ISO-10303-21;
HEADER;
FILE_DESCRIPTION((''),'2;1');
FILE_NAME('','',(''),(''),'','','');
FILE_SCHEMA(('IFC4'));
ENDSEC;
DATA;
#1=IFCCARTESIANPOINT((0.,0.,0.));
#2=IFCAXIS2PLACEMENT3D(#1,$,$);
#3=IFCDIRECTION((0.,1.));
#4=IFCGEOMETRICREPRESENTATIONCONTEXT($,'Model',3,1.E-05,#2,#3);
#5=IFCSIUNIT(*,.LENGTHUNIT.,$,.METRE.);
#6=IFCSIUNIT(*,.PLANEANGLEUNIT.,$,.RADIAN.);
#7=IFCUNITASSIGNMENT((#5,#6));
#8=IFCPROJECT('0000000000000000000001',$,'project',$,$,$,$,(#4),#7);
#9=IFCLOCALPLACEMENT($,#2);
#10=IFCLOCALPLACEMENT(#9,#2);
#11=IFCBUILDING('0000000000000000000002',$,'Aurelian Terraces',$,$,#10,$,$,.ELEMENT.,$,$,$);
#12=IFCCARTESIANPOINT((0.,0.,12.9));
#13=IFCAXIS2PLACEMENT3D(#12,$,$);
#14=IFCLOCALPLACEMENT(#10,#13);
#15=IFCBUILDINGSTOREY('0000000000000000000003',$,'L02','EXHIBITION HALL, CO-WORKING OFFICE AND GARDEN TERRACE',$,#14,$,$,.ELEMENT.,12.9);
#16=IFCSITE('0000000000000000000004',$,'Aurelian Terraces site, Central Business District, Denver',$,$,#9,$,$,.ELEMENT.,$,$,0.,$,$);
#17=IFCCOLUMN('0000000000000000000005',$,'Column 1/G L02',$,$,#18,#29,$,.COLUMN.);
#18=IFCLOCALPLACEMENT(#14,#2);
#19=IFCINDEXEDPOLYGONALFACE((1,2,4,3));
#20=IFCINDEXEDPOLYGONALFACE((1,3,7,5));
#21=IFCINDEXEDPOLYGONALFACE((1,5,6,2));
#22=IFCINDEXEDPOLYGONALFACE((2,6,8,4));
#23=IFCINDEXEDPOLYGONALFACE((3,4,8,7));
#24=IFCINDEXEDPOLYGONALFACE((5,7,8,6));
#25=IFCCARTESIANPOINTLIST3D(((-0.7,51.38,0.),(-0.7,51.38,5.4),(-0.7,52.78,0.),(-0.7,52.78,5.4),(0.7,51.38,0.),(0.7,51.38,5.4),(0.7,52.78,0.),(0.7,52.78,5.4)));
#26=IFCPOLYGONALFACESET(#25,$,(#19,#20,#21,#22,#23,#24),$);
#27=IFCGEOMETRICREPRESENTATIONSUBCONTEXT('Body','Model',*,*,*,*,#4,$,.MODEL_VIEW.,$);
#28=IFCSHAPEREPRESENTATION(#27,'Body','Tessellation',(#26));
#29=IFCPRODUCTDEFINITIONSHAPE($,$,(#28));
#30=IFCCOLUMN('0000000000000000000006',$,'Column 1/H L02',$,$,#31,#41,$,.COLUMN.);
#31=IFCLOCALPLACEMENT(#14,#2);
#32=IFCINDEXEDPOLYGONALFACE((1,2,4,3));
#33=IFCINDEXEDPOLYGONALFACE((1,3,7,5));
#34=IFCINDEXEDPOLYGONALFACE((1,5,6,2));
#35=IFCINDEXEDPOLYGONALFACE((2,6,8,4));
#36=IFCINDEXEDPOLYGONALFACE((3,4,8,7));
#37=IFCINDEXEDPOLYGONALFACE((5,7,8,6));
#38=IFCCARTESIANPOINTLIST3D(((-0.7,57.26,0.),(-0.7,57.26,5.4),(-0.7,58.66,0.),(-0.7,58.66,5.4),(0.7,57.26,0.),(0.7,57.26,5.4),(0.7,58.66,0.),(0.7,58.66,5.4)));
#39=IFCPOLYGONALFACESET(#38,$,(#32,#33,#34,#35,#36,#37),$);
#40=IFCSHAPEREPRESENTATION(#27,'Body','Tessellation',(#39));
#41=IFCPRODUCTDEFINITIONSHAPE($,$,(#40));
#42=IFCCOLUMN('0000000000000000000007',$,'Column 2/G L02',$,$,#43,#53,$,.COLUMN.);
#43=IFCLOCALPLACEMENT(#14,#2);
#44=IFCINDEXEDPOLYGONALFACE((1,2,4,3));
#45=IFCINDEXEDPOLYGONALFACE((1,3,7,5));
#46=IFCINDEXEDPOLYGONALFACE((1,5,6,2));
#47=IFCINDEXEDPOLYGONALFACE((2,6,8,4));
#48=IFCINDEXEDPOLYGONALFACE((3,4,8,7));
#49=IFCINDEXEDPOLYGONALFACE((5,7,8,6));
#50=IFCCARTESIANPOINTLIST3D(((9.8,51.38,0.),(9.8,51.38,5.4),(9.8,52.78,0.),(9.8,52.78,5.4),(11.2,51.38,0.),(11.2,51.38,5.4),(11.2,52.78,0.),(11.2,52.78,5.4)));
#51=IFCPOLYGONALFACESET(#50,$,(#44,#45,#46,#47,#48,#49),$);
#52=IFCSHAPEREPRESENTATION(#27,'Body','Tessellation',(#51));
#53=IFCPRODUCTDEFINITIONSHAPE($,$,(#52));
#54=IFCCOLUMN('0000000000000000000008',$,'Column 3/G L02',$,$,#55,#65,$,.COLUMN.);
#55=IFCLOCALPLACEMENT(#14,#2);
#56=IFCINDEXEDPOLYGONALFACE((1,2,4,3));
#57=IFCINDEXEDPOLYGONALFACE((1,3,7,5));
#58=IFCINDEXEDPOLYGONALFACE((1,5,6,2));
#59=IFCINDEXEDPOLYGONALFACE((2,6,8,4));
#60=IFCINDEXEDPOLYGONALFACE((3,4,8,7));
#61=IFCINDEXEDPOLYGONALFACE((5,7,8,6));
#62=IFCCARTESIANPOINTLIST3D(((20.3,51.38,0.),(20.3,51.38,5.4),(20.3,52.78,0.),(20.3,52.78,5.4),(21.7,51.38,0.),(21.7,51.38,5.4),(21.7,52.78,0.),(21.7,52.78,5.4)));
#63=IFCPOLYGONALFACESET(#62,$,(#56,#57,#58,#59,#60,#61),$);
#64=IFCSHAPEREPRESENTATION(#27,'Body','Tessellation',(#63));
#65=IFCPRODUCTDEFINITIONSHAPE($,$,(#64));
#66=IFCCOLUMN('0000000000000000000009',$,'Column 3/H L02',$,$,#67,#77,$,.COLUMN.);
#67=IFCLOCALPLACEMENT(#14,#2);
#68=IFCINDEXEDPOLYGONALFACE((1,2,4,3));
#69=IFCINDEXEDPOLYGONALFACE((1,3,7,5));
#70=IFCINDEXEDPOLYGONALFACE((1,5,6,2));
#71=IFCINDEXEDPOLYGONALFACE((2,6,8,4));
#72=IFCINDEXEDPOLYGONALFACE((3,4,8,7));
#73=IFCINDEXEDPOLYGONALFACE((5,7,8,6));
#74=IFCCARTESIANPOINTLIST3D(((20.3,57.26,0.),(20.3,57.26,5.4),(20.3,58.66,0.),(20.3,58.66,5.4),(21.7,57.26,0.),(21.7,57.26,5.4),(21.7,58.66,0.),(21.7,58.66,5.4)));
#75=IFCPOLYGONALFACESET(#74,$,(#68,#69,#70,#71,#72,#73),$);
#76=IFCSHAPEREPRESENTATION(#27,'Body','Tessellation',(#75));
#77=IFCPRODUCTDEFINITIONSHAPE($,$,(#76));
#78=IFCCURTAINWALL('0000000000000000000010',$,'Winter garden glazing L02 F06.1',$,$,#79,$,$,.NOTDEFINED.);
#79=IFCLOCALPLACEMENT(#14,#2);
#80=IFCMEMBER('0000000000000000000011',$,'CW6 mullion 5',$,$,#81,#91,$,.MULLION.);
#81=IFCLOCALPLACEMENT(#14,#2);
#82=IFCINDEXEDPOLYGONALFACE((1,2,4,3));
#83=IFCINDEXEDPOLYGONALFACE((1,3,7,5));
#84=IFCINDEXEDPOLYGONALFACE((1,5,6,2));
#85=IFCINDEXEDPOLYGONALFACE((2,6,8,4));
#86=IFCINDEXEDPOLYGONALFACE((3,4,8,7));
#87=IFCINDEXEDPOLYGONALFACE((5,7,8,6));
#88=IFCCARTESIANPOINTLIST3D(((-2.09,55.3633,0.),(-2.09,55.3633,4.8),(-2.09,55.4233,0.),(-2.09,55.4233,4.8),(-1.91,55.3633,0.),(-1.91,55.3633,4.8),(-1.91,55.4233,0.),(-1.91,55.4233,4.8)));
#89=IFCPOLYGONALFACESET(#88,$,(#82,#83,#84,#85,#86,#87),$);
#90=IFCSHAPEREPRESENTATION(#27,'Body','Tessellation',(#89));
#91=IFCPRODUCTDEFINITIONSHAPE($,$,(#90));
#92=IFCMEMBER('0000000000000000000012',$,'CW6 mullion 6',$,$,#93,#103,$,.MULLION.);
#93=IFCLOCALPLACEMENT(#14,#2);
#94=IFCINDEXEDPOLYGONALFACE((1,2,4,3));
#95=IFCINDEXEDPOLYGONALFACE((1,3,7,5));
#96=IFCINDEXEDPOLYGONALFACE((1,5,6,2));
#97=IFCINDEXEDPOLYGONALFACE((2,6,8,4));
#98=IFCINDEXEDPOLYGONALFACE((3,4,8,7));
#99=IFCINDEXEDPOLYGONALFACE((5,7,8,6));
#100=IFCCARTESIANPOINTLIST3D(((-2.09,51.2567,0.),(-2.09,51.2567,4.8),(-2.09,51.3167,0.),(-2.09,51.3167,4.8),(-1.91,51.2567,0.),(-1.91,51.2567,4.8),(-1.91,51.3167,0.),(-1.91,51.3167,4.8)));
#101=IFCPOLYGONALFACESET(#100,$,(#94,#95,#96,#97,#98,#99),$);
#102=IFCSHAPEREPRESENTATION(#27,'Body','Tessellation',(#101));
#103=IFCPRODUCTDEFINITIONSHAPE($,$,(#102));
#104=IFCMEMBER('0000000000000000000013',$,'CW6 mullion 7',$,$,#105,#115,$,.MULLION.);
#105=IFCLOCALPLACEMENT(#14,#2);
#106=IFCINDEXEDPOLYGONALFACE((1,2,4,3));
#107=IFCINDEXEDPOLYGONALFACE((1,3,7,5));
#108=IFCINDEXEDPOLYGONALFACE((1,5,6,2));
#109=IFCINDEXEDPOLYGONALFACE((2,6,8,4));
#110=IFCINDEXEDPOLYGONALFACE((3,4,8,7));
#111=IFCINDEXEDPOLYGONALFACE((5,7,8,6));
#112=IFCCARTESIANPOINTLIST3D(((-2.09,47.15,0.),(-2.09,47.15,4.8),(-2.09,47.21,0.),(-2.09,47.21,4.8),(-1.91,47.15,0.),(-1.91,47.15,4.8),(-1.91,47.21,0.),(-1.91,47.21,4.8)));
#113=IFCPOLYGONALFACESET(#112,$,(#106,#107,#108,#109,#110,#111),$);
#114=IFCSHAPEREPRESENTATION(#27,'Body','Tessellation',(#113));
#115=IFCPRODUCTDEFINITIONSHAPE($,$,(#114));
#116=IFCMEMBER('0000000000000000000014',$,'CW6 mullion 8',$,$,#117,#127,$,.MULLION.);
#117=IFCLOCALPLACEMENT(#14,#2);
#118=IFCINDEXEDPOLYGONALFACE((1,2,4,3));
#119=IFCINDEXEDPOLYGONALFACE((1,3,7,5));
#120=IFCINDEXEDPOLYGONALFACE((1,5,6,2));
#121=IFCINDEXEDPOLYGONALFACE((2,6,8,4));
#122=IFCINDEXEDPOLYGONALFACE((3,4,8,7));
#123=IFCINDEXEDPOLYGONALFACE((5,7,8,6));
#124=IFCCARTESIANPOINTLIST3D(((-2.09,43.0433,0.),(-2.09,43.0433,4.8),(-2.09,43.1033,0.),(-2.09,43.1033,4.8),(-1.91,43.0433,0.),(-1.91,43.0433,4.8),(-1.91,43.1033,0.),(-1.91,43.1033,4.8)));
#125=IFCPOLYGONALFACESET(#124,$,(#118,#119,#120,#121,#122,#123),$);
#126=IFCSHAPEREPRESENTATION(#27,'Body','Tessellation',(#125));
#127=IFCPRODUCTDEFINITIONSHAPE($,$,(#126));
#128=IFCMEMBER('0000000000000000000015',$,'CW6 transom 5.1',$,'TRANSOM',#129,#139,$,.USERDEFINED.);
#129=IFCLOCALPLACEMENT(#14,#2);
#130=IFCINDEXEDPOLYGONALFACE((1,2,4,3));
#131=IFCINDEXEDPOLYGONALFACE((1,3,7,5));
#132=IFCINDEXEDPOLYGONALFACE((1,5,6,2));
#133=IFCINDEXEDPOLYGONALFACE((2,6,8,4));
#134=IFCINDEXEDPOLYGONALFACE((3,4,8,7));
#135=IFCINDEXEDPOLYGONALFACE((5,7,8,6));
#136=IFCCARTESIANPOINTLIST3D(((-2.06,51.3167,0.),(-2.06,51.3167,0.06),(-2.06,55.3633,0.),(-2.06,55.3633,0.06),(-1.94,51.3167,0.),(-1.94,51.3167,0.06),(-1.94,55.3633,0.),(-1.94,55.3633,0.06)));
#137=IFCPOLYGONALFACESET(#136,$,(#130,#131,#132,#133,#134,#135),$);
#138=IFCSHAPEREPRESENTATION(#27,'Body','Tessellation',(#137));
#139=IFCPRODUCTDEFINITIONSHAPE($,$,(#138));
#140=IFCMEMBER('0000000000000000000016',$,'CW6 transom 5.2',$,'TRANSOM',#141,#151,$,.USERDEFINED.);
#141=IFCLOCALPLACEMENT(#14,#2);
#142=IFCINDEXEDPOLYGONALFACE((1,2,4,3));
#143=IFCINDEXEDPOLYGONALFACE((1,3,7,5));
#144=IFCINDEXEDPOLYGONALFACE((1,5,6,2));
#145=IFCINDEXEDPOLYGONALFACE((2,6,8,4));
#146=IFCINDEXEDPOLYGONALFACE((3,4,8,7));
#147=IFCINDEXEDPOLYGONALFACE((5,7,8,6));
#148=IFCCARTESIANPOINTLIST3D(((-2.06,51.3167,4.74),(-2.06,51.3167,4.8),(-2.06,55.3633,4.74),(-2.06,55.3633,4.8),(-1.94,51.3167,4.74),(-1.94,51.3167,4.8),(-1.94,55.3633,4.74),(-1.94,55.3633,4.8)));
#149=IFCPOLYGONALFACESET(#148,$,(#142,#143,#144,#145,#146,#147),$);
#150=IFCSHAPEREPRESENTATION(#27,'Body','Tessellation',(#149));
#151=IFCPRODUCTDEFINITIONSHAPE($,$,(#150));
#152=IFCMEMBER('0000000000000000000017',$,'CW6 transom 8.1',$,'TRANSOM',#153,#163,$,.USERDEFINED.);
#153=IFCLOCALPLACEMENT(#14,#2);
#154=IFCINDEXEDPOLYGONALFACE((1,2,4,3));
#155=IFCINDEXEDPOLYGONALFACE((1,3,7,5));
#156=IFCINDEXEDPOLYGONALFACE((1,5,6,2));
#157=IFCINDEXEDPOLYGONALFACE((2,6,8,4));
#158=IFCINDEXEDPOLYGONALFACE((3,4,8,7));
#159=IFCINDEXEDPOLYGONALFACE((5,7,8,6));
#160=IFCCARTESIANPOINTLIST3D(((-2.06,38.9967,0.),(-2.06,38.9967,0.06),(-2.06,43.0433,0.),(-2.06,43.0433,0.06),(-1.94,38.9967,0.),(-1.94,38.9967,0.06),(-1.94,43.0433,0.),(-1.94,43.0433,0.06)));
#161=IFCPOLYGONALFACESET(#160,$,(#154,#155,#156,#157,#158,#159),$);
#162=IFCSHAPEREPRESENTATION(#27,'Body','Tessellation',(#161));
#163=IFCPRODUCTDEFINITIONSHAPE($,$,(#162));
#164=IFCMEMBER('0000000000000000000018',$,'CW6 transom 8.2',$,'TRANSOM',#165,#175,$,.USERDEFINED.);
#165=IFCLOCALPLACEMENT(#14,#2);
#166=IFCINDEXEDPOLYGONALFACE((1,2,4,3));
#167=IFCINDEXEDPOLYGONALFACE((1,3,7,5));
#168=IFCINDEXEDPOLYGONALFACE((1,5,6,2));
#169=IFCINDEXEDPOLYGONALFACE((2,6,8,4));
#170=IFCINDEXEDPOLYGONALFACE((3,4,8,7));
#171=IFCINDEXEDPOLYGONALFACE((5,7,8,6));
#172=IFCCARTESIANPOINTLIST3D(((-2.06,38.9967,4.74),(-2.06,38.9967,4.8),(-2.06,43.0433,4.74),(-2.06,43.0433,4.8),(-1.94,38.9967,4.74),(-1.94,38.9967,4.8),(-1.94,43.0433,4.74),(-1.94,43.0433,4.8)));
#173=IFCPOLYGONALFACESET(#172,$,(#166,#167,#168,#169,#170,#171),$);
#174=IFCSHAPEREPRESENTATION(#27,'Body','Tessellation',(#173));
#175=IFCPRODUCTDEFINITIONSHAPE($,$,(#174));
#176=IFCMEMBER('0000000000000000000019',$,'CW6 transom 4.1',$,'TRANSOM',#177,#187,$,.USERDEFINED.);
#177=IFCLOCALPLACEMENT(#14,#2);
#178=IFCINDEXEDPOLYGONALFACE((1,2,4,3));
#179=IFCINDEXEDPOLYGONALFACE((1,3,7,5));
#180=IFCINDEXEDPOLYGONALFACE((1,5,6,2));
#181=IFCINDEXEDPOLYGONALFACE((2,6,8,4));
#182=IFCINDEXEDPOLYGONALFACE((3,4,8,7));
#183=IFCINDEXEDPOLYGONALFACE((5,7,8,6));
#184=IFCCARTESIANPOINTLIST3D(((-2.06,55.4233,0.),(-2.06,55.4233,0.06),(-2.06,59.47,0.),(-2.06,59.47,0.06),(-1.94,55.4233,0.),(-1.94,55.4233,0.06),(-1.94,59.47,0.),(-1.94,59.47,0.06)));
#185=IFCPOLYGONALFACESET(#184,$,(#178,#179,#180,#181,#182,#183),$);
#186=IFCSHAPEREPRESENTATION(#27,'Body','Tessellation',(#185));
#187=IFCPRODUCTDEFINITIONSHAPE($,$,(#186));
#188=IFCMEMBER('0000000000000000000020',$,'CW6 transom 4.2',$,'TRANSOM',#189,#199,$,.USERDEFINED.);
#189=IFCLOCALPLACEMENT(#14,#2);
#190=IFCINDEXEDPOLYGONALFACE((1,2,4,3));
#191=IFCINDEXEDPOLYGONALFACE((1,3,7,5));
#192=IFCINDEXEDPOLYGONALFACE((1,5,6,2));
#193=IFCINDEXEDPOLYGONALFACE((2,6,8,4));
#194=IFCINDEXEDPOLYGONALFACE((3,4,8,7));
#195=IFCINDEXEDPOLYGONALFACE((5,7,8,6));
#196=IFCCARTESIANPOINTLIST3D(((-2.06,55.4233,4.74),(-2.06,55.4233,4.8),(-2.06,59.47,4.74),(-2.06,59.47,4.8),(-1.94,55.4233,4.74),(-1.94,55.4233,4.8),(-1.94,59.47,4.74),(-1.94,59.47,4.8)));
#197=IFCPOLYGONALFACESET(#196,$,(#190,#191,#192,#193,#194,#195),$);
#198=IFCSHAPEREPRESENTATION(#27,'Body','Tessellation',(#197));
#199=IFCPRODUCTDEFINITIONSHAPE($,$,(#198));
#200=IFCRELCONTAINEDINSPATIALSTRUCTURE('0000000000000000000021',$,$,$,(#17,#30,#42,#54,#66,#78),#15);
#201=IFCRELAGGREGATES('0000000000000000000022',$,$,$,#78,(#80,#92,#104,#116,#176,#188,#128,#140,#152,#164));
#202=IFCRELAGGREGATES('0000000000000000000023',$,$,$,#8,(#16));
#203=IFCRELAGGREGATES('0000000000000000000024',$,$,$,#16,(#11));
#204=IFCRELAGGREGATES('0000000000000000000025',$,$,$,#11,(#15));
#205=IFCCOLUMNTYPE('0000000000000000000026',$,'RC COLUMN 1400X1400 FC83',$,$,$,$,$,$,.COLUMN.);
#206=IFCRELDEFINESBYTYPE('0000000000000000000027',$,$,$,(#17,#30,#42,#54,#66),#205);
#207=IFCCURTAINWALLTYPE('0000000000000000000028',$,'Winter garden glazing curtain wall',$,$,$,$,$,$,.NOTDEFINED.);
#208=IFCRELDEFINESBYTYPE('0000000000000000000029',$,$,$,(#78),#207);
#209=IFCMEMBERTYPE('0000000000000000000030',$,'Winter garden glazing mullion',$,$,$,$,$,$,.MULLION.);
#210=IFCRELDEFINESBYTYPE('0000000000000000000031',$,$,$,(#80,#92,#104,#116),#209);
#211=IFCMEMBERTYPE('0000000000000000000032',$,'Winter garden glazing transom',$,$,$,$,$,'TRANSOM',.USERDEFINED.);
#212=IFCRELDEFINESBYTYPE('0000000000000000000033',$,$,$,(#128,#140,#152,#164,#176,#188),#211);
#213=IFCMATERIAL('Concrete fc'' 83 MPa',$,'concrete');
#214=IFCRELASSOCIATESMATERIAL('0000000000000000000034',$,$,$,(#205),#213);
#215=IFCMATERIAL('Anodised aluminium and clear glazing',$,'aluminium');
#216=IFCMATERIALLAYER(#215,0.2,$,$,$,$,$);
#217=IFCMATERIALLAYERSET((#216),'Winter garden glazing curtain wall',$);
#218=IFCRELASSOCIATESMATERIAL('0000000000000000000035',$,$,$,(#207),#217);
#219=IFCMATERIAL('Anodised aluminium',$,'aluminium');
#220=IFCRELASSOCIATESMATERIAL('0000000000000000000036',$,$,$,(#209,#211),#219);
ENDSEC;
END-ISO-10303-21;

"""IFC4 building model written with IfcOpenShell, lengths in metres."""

from ifc_helpers import new_model, si_unit, direction, frame, origin, origin_2d, place, context, subcontext, project, spatial, rectangle, extrude, source, transform, mapped, material, layer, layer_set, material_profile, profile_set, type_object, element, aggregate, save


model = new_model("IFC4")

# Units and contexts
model_context = context("Model", 3, precision=1e-05, world=origin(), true_north=direction((0.0, 1.0)))
body_context = subcontext(model_context, "Body", "Model", "MODEL_VIEW")
ifc_project = project(units=[si_unit("LENGTHUNIT", "METRE"), si_unit("PLANEANGLEUNIT", "RADIAN")], contexts=[model_context])

# Site, building, storey
site_placement = place(None, origin())
site = spatial("IfcSite", under=ifc_project, at=site_placement, Name="Aurelian Terraces site, Central Business District, Denver", CompositionType="ELEMENT", RefElevation=0.0)
building_placement = place(site_placement, origin())
building = spatial("IfcBuilding", under=site, at=building_placement, Name="Aurelian Terraces", CompositionType="ELEMENT")
storey_placement = place(building_placement, frame((0.0, 0.0, 12.9)))
storey = spatial("IfcBuildingStorey", under=building, at=storey_placement, Name="L02", Description="EXHIBITION HALL, CO-WORKING OFFICE AND GARDEN TERRACE", CompositionType="ELEMENT", Elevation=12.9)

# Columns
ifc_material_1 = material(Name="Concrete fc' 83 MPa", Category="concrete")
ifc_material_profile_1 = material_profile(ifc_material_1, rectangle(XDim=1.4, YDim=1.4, at=origin_2d()))
ifc_profile_set_1 = profile_set([ifc_material_profile_1], Name="Concrete fc' 83 MPa")
column_type = type_object("IfcColumnType", Name="RC COLUMN 1400X1400 FC83", PredefinedType="COLUMN", material=ifc_profile_set_1)
shared_shape_1 = source(origin(), body_context, "Body", "SweptSolid", [
    extrude(rectangle(XDim=1.4, YDim=1.4, at=origin_2d()), origin(), (0.0, 0.0, 1.0), 5.4),
])
for number, where, z_axis, x_axis, name in (
    (1, (0.0, 52.08, 0.0), (0.0, 0.0, 1.0), (1.0, 0.0, 0.0), "Column 1/G L02"),
    (2, (0.0, 57.96, 0.0), (0.0, 0.0, 1.0), (1.0, 0.0, 0.0), "Column 1/H L02"),
    (3, (10.5, 52.08, 0.0), (0.0, 0.0, 1.0), (1.0, 0.0, 0.0), "Column 2/G L02"),
    (4, (21.0, 52.08, 0.0), (0.0, 0.0, 1.0), (1.0, 0.0, 0.0), "Column 3/G L02"),
    (5, (21.0, 57.96, 0.0), (0.0, 0.0, 1.0), (1.0, 0.0, 0.0), "Column 3/H L02"),
):
    element("IfcColumn", number, at=place(storey_placement, frame(where, z_axis=z_axis, x_axis=x_axis)), inside=storey, type_object=column_type, Name=name, PredefinedType="COLUMN", context=body_context, shape_type="MappedRepresentation", body=[
        mapped(shared_shape_1, transform((0.0, 0.0, 0.0), scale=1.0)),
    ])

# Curtain wall, members
ifc_material_2 = material(Name="Anodised aluminium and clear glazing", Category="aluminium")
ifc_layer_1 = layer(ifc_material_2, 0.2)
ifc_layer_set_1 = layer_set([ifc_layer_1], Name="Winter garden glazing curtain wall")
curtain_wall_type = type_object("IfcCurtainWallType", Name="Winter garden glazing curtain wall", PredefinedType="NOTDEFINED", material=ifc_layer_set_1)
curtain_wall_placement = place(storey_placement, origin())
curtain_wall = element("IfcCurtainWall", 6, at=curtain_wall_placement, inside=storey, type_object=curtain_wall_type, Name="Winter garden glazing L02 F06.1", PredefinedType="NOTDEFINED")
ifc_material_3 = material(Name="Anodised aluminium", Category="aluminium")
ifc_material_profile_2 = material_profile(ifc_material_3, rectangle(XDim=0.18, YDim=0.06, at=origin_2d()))
ifc_profile_set_2 = profile_set([ifc_material_profile_2], Name="Anodised aluminium")
member_type_1 = type_object("IfcMemberType", Name="Winter garden glazing mullion", PredefinedType="MULLION", material=ifc_profile_set_2)
shared_shape_2 = source(origin(), body_context, "Body", "SweptSolid", [
    extrude(rectangle(XDim=0.18, YDim=0.06, at=origin_2d()), origin(), (0.0, 0.0, 1.0), 4.8),
])
member_1_placement = place(storey_placement, frame((-2.0, 55.3933, 0.0), z_axis=(0.0, 0.0, 1.0), x_axis=(1.0, 0.0, 0.0)))
member_1 = element("IfcMember", 7, at=member_1_placement, type_object=member_type_1, Name="CW6 mullion 5", PredefinedType="MULLION", context=body_context, shape_type="MappedRepresentation", body=[
    mapped(shared_shape_2, transform((0.0, 0.0, 0.0), scale=1.0)),
])
member_2_placement = place(storey_placement, frame((-2.0, 51.2867, 0.0), z_axis=(0.0, 0.0, 1.0), x_axis=(1.0, 0.0, 0.0)))
member_2 = element("IfcMember", 8, at=member_2_placement, type_object=member_type_1, Name="CW6 mullion 6", PredefinedType="MULLION", context=body_context, shape_type="MappedRepresentation", body=[
    mapped(shared_shape_2, transform((0.0, 0.0, 0.0), scale=1.0)),
])
member_3_placement = place(storey_placement, frame((-2.0, 47.18, 0.0), z_axis=(0.0, 0.0, 1.0), x_axis=(1.0, 0.0, 0.0)))
member_3 = element("IfcMember", 9, at=member_3_placement, type_object=member_type_1, Name="CW6 mullion 7", PredefinedType="MULLION", context=body_context, shape_type="MappedRepresentation", body=[
    mapped(shared_shape_2, transform((0.0, 0.0, 0.0), scale=1.0)),
])
member_4_placement = place(storey_placement, frame((-2.0, 43.0733, 0.0), z_axis=(0.0, 0.0, 1.0), x_axis=(1.0, 0.0, 0.0)))
member_4 = element("IfcMember", 10, at=member_4_placement, type_object=member_type_1, Name="CW6 mullion 8", PredefinedType="MULLION", context=body_context, shape_type="MappedRepresentation", body=[
    mapped(shared_shape_2, transform((0.0, 0.0, 0.0), scale=1.0)),
])
ifc_material_profile_3 = material_profile(ifc_material_3, rectangle(XDim=0.12, YDim=0.06, at=origin_2d()))
ifc_profile_set_3 = profile_set([ifc_material_profile_3], Name="Anodised aluminium")
member_type_2 = type_object("IfcMemberType", Name="Winter garden glazing transom", ElementType="TRANSOM", PredefinedType="USERDEFINED", material=ifc_profile_set_3)
shared_shape_3 = source(origin(), body_context, "Body", "SweptSolid", [
    extrude(rectangle(XDim=0.12, YDim=0.06, at=origin_2d()), origin(), (0.0, 0.0, 1.0), 4.0466),
])
member_5_placement = place(storey_placement, frame((-2.0, 55.3633, 0.03), z_axis=(0.0, -1.0, 0.0), x_axis=(1.0, 0.0, 0.0)))
member_5 = element("IfcMember", 11, at=member_5_placement, type_object=member_type_2, Name="CW6 transom 5.1", ObjectType="TRANSOM", PredefinedType="USERDEFINED", context=body_context, shape_type="MappedRepresentation", body=[
    mapped(shared_shape_3, transform((0.0, 0.0, 0.0), scale=1.0)),
])
member_6_placement = place(storey_placement, frame((-2.0, 55.3633, 4.77), z_axis=(0.0, -1.0, 0.0), x_axis=(1.0, 0.0, 0.0)))
member_6 = element("IfcMember", 12, at=member_6_placement, type_object=member_type_2, Name="CW6 transom 5.2", ObjectType="TRANSOM", PredefinedType="USERDEFINED", context=body_context, shape_type="MappedRepresentation", body=[
    mapped(shared_shape_3, transform((0.0, 0.0, 0.0), scale=1.0)),
])
member_7_placement = place(storey_placement, frame((-2.0, 43.0433, 0.03), z_axis=(0.0, -1.0, 0.0), x_axis=(1.0, 0.0, 0.0)))
member_7 = element("IfcMember", 13, at=member_7_placement, type_object=member_type_2, Name="CW6 transom 8.1", ObjectType="TRANSOM", PredefinedType="USERDEFINED", context=body_context, shape_type="MappedRepresentation", body=[
    mapped(shared_shape_3, transform((0.0, 0.0, 0.0), scale=1.0)),
])
member_8_placement = place(storey_placement, frame((-2.0, 43.0433, 4.77), z_axis=(0.0, -1.0, 0.0), x_axis=(1.0, 0.0, 0.0)))
member_8 = element("IfcMember", 14, at=member_8_placement, type_object=member_type_2, Name="CW6 transom 8.2", ObjectType="TRANSOM", PredefinedType="USERDEFINED", context=body_context, shape_type="MappedRepresentation", body=[
    mapped(shared_shape_3, transform((0.0, 0.0, 0.0), scale=1.0)),
])
shared_shape_4 = source(origin(), body_context, "Body", "SweptSolid", [
    extrude(rectangle(XDim=0.12, YDim=0.06, at=origin_2d()), origin(), (0.0, 0.0, 1.0), 4.0467),
])
member_9_placement = place(storey_placement, frame((-2.0, 59.47, 0.03), z_axis=(0.0, -1.0, 0.0), x_axis=(1.0, 0.0, 0.0)))
member_9 = element("IfcMember", 15, at=member_9_placement, type_object=member_type_2, Name="CW6 transom 4.1", ObjectType="TRANSOM", PredefinedType="USERDEFINED", context=body_context, shape_type="MappedRepresentation", body=[
    mapped(shared_shape_4, transform((0.0, 0.0, 0.0), scale=1.0)),
])
member_10_placement = place(storey_placement, frame((-2.0, 59.47, 4.77), z_axis=(0.0, -1.0, 0.0), x_axis=(1.0, 0.0, 0.0)))
member_10 = element("IfcMember", 16, at=member_10_placement, type_object=member_type_2, Name="CW6 transom 4.2", ObjectType="TRANSOM", PredefinedType="USERDEFINED", context=body_context, shape_type="MappedRepresentation", body=[
    mapped(shared_shape_4, transform((0.0, 0.0, 0.0), scale=1.0)),
])
aggregate(curtain_wall, [member_1, member_2, member_3, member_4, member_9, member_10, member_5, member_6, member_7, member_8])

save(model, "model.ifc")
